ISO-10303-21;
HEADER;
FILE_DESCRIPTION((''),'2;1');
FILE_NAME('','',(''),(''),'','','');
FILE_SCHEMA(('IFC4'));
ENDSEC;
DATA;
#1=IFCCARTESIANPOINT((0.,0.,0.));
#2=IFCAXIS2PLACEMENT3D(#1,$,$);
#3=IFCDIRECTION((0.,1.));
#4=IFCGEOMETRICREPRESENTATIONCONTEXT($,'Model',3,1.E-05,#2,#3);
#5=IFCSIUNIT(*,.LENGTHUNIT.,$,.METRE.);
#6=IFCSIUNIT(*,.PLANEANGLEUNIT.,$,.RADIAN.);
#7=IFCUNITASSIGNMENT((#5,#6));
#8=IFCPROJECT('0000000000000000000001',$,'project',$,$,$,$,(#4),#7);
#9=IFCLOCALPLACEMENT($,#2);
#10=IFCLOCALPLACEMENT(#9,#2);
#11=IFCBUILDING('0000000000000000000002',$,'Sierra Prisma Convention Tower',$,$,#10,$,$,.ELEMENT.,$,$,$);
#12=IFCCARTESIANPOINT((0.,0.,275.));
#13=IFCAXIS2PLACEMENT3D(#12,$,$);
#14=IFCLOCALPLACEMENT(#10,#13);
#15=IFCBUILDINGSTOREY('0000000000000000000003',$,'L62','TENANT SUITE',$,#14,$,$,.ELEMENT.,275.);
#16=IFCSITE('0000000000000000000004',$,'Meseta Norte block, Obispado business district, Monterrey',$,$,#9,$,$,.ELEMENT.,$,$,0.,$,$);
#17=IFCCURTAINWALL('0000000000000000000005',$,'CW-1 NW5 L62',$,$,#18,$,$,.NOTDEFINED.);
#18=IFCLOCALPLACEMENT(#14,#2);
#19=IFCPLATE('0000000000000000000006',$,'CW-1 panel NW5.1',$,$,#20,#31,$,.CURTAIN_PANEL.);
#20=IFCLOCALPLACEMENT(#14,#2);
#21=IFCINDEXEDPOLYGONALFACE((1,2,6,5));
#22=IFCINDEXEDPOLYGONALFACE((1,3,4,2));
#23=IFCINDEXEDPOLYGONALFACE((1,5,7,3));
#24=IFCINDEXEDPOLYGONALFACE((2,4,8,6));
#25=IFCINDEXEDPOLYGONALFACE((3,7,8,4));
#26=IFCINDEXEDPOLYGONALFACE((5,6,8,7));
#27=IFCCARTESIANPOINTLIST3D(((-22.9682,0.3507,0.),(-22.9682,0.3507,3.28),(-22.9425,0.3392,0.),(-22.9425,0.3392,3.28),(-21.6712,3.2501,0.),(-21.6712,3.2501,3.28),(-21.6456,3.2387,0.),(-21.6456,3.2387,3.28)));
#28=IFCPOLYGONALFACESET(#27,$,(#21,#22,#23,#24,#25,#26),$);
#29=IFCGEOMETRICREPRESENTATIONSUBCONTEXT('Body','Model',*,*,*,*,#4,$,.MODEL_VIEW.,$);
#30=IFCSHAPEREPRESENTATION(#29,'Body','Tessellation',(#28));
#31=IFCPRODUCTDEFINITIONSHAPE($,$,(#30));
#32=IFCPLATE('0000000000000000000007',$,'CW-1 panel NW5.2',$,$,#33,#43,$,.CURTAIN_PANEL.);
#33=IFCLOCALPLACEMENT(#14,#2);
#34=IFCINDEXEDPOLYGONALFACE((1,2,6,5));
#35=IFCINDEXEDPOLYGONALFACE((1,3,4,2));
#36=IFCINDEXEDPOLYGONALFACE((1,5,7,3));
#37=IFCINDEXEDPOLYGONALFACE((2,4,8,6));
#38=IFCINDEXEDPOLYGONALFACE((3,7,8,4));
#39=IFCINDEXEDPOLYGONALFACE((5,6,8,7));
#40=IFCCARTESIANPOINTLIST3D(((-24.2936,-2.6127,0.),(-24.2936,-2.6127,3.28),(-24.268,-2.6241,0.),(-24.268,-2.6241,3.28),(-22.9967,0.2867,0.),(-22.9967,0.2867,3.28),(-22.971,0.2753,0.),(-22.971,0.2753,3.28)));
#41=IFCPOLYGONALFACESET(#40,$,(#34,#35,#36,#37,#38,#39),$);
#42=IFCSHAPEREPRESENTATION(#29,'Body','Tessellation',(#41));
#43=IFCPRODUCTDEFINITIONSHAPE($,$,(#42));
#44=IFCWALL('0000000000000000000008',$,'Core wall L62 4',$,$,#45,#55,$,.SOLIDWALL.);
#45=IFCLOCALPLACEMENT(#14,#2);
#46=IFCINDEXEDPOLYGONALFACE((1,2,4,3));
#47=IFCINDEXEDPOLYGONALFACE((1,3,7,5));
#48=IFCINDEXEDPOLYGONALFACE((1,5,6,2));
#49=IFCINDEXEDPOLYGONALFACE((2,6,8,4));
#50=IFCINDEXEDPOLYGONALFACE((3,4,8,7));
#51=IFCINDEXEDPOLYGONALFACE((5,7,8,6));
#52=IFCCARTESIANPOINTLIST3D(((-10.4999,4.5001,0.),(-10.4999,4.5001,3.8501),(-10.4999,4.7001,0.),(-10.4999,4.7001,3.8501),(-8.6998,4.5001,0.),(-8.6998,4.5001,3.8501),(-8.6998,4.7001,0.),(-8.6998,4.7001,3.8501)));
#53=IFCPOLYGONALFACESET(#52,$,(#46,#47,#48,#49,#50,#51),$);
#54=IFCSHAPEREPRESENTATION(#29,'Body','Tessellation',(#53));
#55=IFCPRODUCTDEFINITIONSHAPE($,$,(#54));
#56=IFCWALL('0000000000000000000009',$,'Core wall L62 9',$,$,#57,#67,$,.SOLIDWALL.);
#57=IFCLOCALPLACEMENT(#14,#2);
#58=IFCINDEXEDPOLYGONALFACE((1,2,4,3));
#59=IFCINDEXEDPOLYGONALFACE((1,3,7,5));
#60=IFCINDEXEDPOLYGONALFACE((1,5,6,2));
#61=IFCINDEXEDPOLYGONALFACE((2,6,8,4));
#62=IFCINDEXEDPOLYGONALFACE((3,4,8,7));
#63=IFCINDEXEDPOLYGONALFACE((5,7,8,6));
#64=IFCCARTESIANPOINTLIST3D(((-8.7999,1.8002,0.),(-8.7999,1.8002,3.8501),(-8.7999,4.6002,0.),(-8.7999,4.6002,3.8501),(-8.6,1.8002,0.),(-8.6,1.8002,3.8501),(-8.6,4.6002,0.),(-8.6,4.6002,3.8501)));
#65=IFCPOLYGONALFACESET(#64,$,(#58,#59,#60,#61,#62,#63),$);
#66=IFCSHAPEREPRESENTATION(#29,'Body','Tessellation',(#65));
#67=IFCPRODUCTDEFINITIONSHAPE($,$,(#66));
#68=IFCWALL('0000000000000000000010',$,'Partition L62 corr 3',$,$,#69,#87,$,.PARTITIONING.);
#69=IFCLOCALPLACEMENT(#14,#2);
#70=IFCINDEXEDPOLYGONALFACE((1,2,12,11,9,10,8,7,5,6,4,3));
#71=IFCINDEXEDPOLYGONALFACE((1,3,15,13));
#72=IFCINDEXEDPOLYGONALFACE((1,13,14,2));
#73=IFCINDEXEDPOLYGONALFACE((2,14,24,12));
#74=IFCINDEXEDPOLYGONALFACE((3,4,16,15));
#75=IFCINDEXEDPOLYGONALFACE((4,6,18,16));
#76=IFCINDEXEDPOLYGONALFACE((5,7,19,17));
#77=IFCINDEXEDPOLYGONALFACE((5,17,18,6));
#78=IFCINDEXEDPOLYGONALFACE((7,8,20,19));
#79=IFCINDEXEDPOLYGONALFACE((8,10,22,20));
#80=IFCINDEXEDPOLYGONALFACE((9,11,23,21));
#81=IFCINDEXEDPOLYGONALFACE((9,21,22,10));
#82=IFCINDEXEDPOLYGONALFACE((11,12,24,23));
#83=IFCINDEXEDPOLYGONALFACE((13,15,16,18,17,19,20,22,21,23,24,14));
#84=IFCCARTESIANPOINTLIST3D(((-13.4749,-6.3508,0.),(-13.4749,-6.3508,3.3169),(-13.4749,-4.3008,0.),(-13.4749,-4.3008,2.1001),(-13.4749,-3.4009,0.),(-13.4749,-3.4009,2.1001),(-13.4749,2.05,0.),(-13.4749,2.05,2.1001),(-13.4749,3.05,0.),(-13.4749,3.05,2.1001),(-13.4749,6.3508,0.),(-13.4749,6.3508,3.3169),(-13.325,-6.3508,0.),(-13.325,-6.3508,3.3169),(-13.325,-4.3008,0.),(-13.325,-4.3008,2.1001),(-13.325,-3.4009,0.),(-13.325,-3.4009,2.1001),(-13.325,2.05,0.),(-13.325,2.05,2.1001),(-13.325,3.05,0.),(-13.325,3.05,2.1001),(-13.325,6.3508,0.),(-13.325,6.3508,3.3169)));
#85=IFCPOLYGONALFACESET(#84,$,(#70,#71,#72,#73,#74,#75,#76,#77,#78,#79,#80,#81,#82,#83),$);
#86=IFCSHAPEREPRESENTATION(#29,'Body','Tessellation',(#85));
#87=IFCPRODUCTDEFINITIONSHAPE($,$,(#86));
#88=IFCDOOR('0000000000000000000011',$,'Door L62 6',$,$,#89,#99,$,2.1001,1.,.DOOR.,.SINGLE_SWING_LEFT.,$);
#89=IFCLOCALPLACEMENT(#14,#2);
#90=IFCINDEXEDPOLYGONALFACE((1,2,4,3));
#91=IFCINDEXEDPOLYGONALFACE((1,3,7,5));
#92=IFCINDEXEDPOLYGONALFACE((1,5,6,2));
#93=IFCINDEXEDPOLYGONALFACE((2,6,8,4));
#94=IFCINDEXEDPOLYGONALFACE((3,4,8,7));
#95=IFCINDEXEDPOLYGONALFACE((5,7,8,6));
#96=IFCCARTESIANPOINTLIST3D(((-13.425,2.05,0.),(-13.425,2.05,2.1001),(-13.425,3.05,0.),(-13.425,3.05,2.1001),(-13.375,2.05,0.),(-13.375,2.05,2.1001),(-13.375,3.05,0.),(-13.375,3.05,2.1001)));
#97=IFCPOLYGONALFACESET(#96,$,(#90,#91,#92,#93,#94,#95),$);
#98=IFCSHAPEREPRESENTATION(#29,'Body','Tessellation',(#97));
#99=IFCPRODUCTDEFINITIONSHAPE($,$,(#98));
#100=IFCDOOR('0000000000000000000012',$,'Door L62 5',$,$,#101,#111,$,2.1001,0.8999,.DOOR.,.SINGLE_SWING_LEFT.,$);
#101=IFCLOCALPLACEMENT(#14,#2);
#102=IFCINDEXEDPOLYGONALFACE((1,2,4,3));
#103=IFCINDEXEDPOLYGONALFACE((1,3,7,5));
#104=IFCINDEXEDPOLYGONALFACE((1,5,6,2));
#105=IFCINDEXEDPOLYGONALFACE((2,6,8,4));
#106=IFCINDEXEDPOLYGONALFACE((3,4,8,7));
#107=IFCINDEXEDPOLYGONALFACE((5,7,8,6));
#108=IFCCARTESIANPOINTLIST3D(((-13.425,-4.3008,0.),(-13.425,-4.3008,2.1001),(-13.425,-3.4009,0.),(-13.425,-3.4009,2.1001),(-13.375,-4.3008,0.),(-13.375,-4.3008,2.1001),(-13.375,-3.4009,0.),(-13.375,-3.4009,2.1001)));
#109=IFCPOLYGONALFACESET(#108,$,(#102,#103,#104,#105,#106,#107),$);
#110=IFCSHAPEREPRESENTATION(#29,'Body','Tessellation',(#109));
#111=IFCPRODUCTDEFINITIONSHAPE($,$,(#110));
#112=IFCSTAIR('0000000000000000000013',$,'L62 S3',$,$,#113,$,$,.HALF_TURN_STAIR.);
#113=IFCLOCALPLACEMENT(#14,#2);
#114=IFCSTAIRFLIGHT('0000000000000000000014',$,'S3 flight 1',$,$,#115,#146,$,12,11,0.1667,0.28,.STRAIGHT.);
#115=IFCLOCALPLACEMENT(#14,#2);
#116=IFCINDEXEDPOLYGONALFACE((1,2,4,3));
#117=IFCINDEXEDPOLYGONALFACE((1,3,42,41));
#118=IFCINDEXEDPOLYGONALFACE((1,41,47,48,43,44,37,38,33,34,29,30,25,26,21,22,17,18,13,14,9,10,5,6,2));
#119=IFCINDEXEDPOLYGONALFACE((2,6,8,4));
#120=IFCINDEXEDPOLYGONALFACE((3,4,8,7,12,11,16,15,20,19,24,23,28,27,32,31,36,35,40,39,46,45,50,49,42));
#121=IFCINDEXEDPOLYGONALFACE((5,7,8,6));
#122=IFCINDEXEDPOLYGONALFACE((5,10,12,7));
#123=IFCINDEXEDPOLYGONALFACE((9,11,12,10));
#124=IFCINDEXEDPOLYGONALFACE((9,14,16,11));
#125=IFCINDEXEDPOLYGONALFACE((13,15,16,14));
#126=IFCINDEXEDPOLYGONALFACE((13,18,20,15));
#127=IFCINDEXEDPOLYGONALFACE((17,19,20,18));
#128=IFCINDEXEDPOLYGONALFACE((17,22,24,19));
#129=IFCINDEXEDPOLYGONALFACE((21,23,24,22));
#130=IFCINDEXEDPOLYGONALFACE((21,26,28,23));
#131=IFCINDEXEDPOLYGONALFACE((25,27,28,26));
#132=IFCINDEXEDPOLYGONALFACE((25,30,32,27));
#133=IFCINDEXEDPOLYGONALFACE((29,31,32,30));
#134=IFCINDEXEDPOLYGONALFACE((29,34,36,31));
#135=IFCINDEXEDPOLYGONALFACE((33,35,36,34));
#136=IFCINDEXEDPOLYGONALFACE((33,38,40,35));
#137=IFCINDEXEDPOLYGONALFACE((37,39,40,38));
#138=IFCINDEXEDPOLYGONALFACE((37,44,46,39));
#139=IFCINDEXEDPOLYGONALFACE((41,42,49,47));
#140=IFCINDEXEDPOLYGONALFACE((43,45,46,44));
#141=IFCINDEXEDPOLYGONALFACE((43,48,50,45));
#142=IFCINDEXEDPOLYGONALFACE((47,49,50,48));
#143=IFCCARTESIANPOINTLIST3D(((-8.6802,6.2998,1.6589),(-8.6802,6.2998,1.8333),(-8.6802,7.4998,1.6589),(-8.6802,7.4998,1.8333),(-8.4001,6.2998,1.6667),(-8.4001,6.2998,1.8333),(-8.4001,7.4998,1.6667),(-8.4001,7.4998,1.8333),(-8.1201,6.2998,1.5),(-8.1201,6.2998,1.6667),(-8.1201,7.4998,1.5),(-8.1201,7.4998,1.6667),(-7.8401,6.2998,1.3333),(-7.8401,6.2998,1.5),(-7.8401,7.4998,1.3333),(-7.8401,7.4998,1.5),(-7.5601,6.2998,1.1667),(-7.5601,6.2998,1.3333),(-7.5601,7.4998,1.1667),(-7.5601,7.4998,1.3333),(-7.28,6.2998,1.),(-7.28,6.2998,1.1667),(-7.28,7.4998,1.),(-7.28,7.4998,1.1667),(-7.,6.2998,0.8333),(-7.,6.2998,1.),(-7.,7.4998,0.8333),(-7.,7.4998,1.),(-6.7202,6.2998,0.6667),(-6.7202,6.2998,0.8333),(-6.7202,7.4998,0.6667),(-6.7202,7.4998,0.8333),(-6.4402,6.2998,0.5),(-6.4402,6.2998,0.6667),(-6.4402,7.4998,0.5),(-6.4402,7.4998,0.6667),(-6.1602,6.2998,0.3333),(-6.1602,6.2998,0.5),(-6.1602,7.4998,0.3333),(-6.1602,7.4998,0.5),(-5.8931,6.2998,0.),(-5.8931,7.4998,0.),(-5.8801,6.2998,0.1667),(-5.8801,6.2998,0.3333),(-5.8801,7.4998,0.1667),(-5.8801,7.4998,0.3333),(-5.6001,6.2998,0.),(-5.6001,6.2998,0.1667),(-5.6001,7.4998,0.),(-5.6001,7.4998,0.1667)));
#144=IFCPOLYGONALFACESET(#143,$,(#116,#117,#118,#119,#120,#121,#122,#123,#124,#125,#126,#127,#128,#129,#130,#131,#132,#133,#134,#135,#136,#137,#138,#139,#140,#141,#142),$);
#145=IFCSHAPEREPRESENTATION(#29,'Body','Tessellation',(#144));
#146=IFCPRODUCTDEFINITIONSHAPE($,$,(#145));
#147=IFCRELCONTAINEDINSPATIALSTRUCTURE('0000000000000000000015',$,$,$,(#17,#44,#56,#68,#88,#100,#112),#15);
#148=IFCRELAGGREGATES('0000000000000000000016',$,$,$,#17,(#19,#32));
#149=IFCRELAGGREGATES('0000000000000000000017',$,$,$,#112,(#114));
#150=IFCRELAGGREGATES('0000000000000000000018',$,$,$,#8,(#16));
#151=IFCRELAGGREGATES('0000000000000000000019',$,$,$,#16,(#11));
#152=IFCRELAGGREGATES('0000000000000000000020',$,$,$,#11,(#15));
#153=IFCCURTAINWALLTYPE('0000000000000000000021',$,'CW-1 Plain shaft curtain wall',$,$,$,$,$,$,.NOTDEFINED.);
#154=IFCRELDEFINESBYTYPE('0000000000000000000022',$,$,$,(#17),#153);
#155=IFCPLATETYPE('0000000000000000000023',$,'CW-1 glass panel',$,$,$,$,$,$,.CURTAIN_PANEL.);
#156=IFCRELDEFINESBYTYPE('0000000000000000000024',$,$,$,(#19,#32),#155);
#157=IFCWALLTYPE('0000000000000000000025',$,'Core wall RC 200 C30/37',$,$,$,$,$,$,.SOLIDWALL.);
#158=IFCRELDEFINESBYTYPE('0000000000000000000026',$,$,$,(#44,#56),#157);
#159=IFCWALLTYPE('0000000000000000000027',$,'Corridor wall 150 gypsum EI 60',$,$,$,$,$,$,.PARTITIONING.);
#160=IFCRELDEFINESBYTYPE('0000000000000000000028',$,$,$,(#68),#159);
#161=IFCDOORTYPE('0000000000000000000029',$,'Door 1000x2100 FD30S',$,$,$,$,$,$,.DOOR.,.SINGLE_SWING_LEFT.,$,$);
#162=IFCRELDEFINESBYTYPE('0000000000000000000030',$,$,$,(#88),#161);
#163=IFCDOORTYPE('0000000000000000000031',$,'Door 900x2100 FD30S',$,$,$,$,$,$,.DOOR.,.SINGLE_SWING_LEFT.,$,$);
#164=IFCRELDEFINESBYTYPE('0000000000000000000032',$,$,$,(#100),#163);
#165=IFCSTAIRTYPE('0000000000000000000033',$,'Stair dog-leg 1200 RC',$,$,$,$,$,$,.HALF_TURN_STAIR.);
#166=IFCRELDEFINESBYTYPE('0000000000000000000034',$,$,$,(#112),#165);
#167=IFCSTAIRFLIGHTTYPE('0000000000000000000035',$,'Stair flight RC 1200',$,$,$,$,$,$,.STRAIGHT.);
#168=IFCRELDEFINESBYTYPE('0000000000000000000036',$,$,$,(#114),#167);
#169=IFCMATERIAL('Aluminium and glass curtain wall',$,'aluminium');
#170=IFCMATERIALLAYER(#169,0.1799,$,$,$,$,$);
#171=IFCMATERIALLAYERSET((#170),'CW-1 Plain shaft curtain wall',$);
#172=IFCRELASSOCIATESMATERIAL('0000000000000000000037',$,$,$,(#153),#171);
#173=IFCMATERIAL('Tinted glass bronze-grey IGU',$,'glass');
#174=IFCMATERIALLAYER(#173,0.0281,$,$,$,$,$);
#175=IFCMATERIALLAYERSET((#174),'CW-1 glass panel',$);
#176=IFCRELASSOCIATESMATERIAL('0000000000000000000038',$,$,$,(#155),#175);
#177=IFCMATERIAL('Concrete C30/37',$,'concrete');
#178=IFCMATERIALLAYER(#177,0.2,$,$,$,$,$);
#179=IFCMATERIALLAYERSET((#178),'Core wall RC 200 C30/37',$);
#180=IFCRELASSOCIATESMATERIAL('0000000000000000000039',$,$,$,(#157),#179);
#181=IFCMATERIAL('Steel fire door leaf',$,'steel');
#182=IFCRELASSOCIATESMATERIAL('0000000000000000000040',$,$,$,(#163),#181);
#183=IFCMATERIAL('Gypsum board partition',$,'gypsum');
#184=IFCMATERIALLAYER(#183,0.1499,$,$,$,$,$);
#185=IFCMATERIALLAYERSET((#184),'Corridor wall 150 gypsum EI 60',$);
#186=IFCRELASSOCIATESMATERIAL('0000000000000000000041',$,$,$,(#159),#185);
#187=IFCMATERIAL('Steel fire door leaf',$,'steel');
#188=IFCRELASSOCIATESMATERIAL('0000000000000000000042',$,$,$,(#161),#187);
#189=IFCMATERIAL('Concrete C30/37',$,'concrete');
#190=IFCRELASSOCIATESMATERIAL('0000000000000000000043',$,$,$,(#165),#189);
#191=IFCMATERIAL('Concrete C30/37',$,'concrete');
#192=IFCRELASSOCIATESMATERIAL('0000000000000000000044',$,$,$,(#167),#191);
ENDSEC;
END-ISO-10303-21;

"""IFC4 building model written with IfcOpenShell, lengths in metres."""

from ifc_helpers import new_model, si_unit, direction, frame, frame_2d, origin, origin_2d, place, context, subcontext, project, spatial, polyline, rectangle, outline, extrude, material, layer, layer_set, type_object, element, fill, aggregate, save


model = new_model("IFC4")

# Units and contexts
model_context = context("Model", 3, precision=1e-05, world=origin(), true_north=direction((0.0, 1.0)))
body_context = subcontext(model_context, "Body", "Model", "MODEL_VIEW")
ifc_project = project(units=[si_unit("LENGTHUNIT", "METRE"), si_unit("PLANEANGLEUNIT", "RADIAN")], contexts=[model_context])

# Site, building, storey
site_placement = place(None, origin())
site = spatial("IfcSite", under=ifc_project, at=site_placement, Name="Meseta Norte block, Obispado business district, Monterrey", CompositionType="ELEMENT", RefElevation=0.0)
building_placement = place(site_placement, origin())
building = spatial("IfcBuilding", under=site, at=building_placement, Name="Sierra Prisma Convention Tower", CompositionType="ELEMENT")
storey_placement = place(building_placement, frame((0.0, 0.0, 275.0)))
storey = spatial("IfcBuildingStorey", under=building, at=storey_placement, Name="L62", Description="TENANT SUITE", CompositionType="ELEMENT", Elevation=275.0)

# Shared definitions
ifc_material_1 = material(Name="Aluminium and glass curtain wall", Category="aluminium")
ifc_layer_1 = layer(ifc_material_1, 0.1799)
ifc_layer_set_1 = layer_set([ifc_layer_1], Name="CW-1 Plain shaft curtain wall")
curtain_wall_type = type_object("IfcCurtainWallType", Name="CW-1 Plain shaft curtain wall", PredefinedType="NOTDEFINED", material=ifc_layer_set_1)

# Curtain wall
curtain_wall_1_placement = place(storey_placement, origin())
curtain_wall_1 = element("IfcCurtainWall", 1, at=curtain_wall_1_placement, inside=storey, type_object=curtain_wall_type, Name="CW-1 NW5 L62", PredefinedType="NOTDEFINED")

# Plates
ifc_material_2 = material(Name="Tinted glass bronze-grey IGU", Category="glass")
ifc_layer_2 = layer(ifc_material_2, 0.0281)
ifc_layer_set_2 = layer_set([ifc_layer_2], Name="CW-1 glass panel")
plate_type = type_object("IfcPlateType", Name="CW-1 glass panel", PredefinedType="CURTAIN_PANEL", material=ifc_layer_set_2)
plate_1_placement = place(storey_placement, frame((-22.3069, 1.7947, 0.0), z_axis=(0.0, 0.0, 1.0), x_axis=(-0.408325, -0.912837, 0.0)))
plate_1 = element("IfcPlate", 2, at=plate_1_placement, type_object=plate_type, Name="CW-1 panel NW5.1", PredefinedType="CURTAIN_PANEL", context=body_context, shape_type="SweptSolid", body=[
    extrude(rectangle(XDim=3.1763, YDim=0.0281, at=origin_2d()), origin(), (0.0, 0.0, 1.0), 3.28),
])
plate_2_placement = place(storey_placement, frame((-23.6323, -1.1687, 0.0), z_axis=(0.0, 0.0, 1.0), x_axis=(-0.408325, -0.912837, 0.0)))
plate_2 = element("IfcPlate", 3, at=plate_2_placement, type_object=plate_type, Name="CW-1 panel NW5.2", PredefinedType="CURTAIN_PANEL", context=body_context, shape_type="SweptSolid", body=[
    extrude(rectangle(XDim=3.1763, YDim=0.0281, at=origin_2d()), origin(), (0.0, 0.0, 1.0), 3.28),
])
aggregate(curtain_wall_1, [plate_1, plate_2])

# Shared definitions
ifc_material_3 = material(Name="Concrete C30/37", Category="concrete")
ifc_layer_3 = layer(ifc_material_3, 0.2)
ifc_layer_set_3 = layer_set([ifc_layer_3], Name="Core wall RC 200 C30/37")
wall_type_1 = type_object("IfcWallType", Name="Core wall RC 200 C30/37", PredefinedType="SOLIDWALL", material=ifc_layer_set_3)

# Wall
wall_1_placement = place(storey_placement, frame((-8.7, 4.6001, 0.0), z_axis=(0.0, 0.0, 1.0), x_axis=(-1.0, 0.0, 0.0)))
element("IfcWall", 4, at=wall_1_placement, inside=storey, type_object=wall_type_1, Name="Core wall L62 4", PredefinedType="SOLIDWALL", context=body_context, shape_type="SweptSolid", body=[
    extrude(rectangle(XDim=1.8, YDim=0.2, at=frame_2d((0.8999, 0.0))), origin(), (0.0, 0.0, 1.0), 3.8501),
])

# Shared definitions
ifc_material_4 = material(Name="Steel fire door leaf", Category="steel")
door_type_1 = type_object("IfcDoorType", Name="Door 900x2100 FD30S", OperationType="SINGLE_SWING_LEFT", PredefinedType="DOOR", material=ifc_material_4)

# Wall
wall_2_placement = place(storey_placement, frame((-8.7, 4.6001, 0.0), z_axis=(0.0, 0.0, 1.0), x_axis=(0.0, -1.0, 0.0)))
element("IfcWall", 5, at=wall_2_placement, inside=storey, type_object=wall_type_1, Name="Core wall L62 9", PredefinedType="SOLIDWALL", context=body_context, shape_type="SweptSolid", body=[
    extrude(rectangle(XDim=2.8, YDim=0.2, at=frame_2d((1.3999, 0.0))), origin(), (0.0, 0.0, 1.0), 3.8501),
])

# Wall, openings, doors
ifc_material_5 = material(Name="Gypsum board partition", Category="gypsum")
ifc_layer_4 = layer(ifc_material_5, 0.1499)
ifc_layer_set_4 = layer_set([ifc_layer_4], Name="Corridor wall 150 gypsum EI 60")
wall_type_2 = type_object("IfcWallType", Name="Corridor wall 150 gypsum EI 60", PredefinedType="PARTITIONING", material=ifc_layer_set_4)
wall_3_placement = place(storey_placement, frame((-13.3999, 6.3508, 0.0), z_axis=(0.0, 0.0, 1.0), x_axis=(0.0, -1.0, 0.0)))
wall_3 = element("IfcWall", 6, at=wall_3_placement, inside=storey, type_object=wall_type_2, Name="Partition L62 corr 3", PredefinedType="PARTITIONING", context=body_context, shape_type="SweptSolid", body=[
    extrude(rectangle(XDim=12.7017, YDim=0.1499, at=frame_2d((6.3508, 0.0))), origin(), (0.0, 0.0, 1.0), 3.3169),
])
opening_1_placement = place(wall_3_placement, frame((9.7517, 0.0, 0.0)))
opening_1 = element("IfcOpeningElement", 7, at=opening_1_placement, cuts=wall_3, PredefinedType="OPENING", context=body_context, shape_type="SweptSolid", body=[
    extrude(rectangle(XDim=0.8999, YDim=2.1001, at=frame_2d((0.45, 1.05))), frame((0.0, 0.075, 0.0), z_axis=(0.0, -1.0, 0.0), x_axis=(1.0, 0.0, 0.0)), (0.0, 0.0, 1.0), 0.1499),
])
opening_2_placement = place(wall_3_placement, frame((3.3008, 0.0, 0.0)))
opening_2 = element("IfcOpeningElement", 8, at=opening_2_placement, cuts=wall_3, PredefinedType="OPENING", context=body_context, shape_type="SweptSolid", body=[
    extrude(rectangle(XDim=1.0, YDim=2.1001, at=frame_2d((0.5, 1.05))), frame((0.0, 0.075, 0.0), z_axis=(0.0, -1.0, 0.0), x_axis=(1.0, 0.0, 0.0)), (0.0, 0.0, 1.0), 0.1499),
])
ifc_material_6 = material(Name="Steel fire door leaf", Category="steel")
door_type_2 = type_object("IfcDoorType", Name="Door 1000x2100 FD30S", OperationType="SINGLE_SWING_LEFT", PredefinedType="DOOR", material=ifc_material_6)
door_1_placement = place(opening_2_placement, origin())
door_1 = element("IfcDoor", 9, at=door_1_placement, inside=storey, type_object=door_type_2, Name="Door L62 6", OperationType="SINGLE_SWING_LEFT", OverallHeight=2.1001, OverallWidth=1.0, PredefinedType="DOOR", context=body_context, shape_type="SweptSolid", body=[
    extrude(rectangle(XDim=1.0, YDim=2.1001, at=frame_2d((0.5, 1.05))), frame((0.0, 0.0249, 0.0), z_axis=(0.0, -1.0, 0.0), x_axis=(1.0, 0.0, 0.0)), (0.0, 0.0, 1.0), 0.05),
])
fill(opening_2, door_1)
door_2_placement = place(opening_1_placement, origin())
door_2 = element("IfcDoor", 10, at=door_2_placement, inside=storey, type_object=door_type_1, Name="Door L62 5", OperationType="SINGLE_SWING_LEFT", OverallHeight=2.1001, OverallWidth=0.8999, PredefinedType="DOOR", context=body_context, shape_type="SweptSolid", body=[
    extrude(rectangle(XDim=0.8999, YDim=2.1001, at=frame_2d((0.45, 1.05))), frame((0.0, 0.0249, 0.0), z_axis=(0.0, -1.0, 0.0), x_axis=(1.0, 0.0, 0.0)), (0.0, 0.0, 1.0), 0.05),
])
fill(opening_1, door_2)

# Stair, stair flight
ifc_material_7 = material(Name="Concrete C30/37", Category="concrete")
stair_type = type_object("IfcStairType", Name="Stair dog-leg 1200 RC", PredefinedType="HALF_TURN_STAIR", material=ifc_material_7)
stair_placement = place(storey_placement, origin())
stair = element("IfcStair", 11, at=stair_placement, inside=storey, type_object=stair_type, Name="L62 S3", PredefinedType="HALF_TURN_STAIR")
ifc_material_8 = material(Name="Concrete C30/37", Category="concrete")
stair_flight_type = type_object("IfcStairFlightType", Name="Stair flight RC 1200", PredefinedType="STRAIGHT", material=ifc_material_8)
stair_flight_1_placement = place(storey_placement, frame((-5.6001, 6.8999, 0.0), z_axis=(0.0, 0.0, 1.0), x_axis=(-1.0, 0.0, 0.0)))
stair_flight_1 = element("IfcStairFlight", 12, at=stair_flight_1_placement, type_object=stair_flight_type, Name="S3 flight 1", NumberOfRisers=12, NumberOfTreads=11, PredefinedType="STRAIGHT", RiserHeight=0.1667, TreadLength=0.28, context=body_context, shape_type="SweptSolid", body=[
    extrude(outline(polyline([(0.0, 0.0), (0.0, 0.1667), (0.28, 0.1667), (0.28, 0.3333), (0.5601, 0.3333), (0.5601, 0.5), (0.8401, 0.5), (0.8401, 0.6667), (1.1201, 0.6667), (1.1201, 0.8333), (1.3999, 0.8333), (1.3999, 1.0), (1.6799, 1.0), (1.6799, 1.1667), (1.96, 1.1667), (1.96, 1.3333), (2.24, 1.3333), (2.24, 1.5), (2.52, 1.5), (2.52, 1.6667), (2.8, 1.6667), (2.8, 1.8333), (3.0801, 1.8333), (3.0801, 2.0), (3.0801, 1.6589), (0.293, 0.0), (0.0, 0.0)])), frame((0.0, 0.6001, 0.0), z_axis=(0.0, -1.0, 0.0), x_axis=(1.0, 0.0, 0.0)), (0.0, 0.0, 1.0), 1.2),
])
aggregate(stair, [stair_flight_1])

save(model, "model.ifc")
